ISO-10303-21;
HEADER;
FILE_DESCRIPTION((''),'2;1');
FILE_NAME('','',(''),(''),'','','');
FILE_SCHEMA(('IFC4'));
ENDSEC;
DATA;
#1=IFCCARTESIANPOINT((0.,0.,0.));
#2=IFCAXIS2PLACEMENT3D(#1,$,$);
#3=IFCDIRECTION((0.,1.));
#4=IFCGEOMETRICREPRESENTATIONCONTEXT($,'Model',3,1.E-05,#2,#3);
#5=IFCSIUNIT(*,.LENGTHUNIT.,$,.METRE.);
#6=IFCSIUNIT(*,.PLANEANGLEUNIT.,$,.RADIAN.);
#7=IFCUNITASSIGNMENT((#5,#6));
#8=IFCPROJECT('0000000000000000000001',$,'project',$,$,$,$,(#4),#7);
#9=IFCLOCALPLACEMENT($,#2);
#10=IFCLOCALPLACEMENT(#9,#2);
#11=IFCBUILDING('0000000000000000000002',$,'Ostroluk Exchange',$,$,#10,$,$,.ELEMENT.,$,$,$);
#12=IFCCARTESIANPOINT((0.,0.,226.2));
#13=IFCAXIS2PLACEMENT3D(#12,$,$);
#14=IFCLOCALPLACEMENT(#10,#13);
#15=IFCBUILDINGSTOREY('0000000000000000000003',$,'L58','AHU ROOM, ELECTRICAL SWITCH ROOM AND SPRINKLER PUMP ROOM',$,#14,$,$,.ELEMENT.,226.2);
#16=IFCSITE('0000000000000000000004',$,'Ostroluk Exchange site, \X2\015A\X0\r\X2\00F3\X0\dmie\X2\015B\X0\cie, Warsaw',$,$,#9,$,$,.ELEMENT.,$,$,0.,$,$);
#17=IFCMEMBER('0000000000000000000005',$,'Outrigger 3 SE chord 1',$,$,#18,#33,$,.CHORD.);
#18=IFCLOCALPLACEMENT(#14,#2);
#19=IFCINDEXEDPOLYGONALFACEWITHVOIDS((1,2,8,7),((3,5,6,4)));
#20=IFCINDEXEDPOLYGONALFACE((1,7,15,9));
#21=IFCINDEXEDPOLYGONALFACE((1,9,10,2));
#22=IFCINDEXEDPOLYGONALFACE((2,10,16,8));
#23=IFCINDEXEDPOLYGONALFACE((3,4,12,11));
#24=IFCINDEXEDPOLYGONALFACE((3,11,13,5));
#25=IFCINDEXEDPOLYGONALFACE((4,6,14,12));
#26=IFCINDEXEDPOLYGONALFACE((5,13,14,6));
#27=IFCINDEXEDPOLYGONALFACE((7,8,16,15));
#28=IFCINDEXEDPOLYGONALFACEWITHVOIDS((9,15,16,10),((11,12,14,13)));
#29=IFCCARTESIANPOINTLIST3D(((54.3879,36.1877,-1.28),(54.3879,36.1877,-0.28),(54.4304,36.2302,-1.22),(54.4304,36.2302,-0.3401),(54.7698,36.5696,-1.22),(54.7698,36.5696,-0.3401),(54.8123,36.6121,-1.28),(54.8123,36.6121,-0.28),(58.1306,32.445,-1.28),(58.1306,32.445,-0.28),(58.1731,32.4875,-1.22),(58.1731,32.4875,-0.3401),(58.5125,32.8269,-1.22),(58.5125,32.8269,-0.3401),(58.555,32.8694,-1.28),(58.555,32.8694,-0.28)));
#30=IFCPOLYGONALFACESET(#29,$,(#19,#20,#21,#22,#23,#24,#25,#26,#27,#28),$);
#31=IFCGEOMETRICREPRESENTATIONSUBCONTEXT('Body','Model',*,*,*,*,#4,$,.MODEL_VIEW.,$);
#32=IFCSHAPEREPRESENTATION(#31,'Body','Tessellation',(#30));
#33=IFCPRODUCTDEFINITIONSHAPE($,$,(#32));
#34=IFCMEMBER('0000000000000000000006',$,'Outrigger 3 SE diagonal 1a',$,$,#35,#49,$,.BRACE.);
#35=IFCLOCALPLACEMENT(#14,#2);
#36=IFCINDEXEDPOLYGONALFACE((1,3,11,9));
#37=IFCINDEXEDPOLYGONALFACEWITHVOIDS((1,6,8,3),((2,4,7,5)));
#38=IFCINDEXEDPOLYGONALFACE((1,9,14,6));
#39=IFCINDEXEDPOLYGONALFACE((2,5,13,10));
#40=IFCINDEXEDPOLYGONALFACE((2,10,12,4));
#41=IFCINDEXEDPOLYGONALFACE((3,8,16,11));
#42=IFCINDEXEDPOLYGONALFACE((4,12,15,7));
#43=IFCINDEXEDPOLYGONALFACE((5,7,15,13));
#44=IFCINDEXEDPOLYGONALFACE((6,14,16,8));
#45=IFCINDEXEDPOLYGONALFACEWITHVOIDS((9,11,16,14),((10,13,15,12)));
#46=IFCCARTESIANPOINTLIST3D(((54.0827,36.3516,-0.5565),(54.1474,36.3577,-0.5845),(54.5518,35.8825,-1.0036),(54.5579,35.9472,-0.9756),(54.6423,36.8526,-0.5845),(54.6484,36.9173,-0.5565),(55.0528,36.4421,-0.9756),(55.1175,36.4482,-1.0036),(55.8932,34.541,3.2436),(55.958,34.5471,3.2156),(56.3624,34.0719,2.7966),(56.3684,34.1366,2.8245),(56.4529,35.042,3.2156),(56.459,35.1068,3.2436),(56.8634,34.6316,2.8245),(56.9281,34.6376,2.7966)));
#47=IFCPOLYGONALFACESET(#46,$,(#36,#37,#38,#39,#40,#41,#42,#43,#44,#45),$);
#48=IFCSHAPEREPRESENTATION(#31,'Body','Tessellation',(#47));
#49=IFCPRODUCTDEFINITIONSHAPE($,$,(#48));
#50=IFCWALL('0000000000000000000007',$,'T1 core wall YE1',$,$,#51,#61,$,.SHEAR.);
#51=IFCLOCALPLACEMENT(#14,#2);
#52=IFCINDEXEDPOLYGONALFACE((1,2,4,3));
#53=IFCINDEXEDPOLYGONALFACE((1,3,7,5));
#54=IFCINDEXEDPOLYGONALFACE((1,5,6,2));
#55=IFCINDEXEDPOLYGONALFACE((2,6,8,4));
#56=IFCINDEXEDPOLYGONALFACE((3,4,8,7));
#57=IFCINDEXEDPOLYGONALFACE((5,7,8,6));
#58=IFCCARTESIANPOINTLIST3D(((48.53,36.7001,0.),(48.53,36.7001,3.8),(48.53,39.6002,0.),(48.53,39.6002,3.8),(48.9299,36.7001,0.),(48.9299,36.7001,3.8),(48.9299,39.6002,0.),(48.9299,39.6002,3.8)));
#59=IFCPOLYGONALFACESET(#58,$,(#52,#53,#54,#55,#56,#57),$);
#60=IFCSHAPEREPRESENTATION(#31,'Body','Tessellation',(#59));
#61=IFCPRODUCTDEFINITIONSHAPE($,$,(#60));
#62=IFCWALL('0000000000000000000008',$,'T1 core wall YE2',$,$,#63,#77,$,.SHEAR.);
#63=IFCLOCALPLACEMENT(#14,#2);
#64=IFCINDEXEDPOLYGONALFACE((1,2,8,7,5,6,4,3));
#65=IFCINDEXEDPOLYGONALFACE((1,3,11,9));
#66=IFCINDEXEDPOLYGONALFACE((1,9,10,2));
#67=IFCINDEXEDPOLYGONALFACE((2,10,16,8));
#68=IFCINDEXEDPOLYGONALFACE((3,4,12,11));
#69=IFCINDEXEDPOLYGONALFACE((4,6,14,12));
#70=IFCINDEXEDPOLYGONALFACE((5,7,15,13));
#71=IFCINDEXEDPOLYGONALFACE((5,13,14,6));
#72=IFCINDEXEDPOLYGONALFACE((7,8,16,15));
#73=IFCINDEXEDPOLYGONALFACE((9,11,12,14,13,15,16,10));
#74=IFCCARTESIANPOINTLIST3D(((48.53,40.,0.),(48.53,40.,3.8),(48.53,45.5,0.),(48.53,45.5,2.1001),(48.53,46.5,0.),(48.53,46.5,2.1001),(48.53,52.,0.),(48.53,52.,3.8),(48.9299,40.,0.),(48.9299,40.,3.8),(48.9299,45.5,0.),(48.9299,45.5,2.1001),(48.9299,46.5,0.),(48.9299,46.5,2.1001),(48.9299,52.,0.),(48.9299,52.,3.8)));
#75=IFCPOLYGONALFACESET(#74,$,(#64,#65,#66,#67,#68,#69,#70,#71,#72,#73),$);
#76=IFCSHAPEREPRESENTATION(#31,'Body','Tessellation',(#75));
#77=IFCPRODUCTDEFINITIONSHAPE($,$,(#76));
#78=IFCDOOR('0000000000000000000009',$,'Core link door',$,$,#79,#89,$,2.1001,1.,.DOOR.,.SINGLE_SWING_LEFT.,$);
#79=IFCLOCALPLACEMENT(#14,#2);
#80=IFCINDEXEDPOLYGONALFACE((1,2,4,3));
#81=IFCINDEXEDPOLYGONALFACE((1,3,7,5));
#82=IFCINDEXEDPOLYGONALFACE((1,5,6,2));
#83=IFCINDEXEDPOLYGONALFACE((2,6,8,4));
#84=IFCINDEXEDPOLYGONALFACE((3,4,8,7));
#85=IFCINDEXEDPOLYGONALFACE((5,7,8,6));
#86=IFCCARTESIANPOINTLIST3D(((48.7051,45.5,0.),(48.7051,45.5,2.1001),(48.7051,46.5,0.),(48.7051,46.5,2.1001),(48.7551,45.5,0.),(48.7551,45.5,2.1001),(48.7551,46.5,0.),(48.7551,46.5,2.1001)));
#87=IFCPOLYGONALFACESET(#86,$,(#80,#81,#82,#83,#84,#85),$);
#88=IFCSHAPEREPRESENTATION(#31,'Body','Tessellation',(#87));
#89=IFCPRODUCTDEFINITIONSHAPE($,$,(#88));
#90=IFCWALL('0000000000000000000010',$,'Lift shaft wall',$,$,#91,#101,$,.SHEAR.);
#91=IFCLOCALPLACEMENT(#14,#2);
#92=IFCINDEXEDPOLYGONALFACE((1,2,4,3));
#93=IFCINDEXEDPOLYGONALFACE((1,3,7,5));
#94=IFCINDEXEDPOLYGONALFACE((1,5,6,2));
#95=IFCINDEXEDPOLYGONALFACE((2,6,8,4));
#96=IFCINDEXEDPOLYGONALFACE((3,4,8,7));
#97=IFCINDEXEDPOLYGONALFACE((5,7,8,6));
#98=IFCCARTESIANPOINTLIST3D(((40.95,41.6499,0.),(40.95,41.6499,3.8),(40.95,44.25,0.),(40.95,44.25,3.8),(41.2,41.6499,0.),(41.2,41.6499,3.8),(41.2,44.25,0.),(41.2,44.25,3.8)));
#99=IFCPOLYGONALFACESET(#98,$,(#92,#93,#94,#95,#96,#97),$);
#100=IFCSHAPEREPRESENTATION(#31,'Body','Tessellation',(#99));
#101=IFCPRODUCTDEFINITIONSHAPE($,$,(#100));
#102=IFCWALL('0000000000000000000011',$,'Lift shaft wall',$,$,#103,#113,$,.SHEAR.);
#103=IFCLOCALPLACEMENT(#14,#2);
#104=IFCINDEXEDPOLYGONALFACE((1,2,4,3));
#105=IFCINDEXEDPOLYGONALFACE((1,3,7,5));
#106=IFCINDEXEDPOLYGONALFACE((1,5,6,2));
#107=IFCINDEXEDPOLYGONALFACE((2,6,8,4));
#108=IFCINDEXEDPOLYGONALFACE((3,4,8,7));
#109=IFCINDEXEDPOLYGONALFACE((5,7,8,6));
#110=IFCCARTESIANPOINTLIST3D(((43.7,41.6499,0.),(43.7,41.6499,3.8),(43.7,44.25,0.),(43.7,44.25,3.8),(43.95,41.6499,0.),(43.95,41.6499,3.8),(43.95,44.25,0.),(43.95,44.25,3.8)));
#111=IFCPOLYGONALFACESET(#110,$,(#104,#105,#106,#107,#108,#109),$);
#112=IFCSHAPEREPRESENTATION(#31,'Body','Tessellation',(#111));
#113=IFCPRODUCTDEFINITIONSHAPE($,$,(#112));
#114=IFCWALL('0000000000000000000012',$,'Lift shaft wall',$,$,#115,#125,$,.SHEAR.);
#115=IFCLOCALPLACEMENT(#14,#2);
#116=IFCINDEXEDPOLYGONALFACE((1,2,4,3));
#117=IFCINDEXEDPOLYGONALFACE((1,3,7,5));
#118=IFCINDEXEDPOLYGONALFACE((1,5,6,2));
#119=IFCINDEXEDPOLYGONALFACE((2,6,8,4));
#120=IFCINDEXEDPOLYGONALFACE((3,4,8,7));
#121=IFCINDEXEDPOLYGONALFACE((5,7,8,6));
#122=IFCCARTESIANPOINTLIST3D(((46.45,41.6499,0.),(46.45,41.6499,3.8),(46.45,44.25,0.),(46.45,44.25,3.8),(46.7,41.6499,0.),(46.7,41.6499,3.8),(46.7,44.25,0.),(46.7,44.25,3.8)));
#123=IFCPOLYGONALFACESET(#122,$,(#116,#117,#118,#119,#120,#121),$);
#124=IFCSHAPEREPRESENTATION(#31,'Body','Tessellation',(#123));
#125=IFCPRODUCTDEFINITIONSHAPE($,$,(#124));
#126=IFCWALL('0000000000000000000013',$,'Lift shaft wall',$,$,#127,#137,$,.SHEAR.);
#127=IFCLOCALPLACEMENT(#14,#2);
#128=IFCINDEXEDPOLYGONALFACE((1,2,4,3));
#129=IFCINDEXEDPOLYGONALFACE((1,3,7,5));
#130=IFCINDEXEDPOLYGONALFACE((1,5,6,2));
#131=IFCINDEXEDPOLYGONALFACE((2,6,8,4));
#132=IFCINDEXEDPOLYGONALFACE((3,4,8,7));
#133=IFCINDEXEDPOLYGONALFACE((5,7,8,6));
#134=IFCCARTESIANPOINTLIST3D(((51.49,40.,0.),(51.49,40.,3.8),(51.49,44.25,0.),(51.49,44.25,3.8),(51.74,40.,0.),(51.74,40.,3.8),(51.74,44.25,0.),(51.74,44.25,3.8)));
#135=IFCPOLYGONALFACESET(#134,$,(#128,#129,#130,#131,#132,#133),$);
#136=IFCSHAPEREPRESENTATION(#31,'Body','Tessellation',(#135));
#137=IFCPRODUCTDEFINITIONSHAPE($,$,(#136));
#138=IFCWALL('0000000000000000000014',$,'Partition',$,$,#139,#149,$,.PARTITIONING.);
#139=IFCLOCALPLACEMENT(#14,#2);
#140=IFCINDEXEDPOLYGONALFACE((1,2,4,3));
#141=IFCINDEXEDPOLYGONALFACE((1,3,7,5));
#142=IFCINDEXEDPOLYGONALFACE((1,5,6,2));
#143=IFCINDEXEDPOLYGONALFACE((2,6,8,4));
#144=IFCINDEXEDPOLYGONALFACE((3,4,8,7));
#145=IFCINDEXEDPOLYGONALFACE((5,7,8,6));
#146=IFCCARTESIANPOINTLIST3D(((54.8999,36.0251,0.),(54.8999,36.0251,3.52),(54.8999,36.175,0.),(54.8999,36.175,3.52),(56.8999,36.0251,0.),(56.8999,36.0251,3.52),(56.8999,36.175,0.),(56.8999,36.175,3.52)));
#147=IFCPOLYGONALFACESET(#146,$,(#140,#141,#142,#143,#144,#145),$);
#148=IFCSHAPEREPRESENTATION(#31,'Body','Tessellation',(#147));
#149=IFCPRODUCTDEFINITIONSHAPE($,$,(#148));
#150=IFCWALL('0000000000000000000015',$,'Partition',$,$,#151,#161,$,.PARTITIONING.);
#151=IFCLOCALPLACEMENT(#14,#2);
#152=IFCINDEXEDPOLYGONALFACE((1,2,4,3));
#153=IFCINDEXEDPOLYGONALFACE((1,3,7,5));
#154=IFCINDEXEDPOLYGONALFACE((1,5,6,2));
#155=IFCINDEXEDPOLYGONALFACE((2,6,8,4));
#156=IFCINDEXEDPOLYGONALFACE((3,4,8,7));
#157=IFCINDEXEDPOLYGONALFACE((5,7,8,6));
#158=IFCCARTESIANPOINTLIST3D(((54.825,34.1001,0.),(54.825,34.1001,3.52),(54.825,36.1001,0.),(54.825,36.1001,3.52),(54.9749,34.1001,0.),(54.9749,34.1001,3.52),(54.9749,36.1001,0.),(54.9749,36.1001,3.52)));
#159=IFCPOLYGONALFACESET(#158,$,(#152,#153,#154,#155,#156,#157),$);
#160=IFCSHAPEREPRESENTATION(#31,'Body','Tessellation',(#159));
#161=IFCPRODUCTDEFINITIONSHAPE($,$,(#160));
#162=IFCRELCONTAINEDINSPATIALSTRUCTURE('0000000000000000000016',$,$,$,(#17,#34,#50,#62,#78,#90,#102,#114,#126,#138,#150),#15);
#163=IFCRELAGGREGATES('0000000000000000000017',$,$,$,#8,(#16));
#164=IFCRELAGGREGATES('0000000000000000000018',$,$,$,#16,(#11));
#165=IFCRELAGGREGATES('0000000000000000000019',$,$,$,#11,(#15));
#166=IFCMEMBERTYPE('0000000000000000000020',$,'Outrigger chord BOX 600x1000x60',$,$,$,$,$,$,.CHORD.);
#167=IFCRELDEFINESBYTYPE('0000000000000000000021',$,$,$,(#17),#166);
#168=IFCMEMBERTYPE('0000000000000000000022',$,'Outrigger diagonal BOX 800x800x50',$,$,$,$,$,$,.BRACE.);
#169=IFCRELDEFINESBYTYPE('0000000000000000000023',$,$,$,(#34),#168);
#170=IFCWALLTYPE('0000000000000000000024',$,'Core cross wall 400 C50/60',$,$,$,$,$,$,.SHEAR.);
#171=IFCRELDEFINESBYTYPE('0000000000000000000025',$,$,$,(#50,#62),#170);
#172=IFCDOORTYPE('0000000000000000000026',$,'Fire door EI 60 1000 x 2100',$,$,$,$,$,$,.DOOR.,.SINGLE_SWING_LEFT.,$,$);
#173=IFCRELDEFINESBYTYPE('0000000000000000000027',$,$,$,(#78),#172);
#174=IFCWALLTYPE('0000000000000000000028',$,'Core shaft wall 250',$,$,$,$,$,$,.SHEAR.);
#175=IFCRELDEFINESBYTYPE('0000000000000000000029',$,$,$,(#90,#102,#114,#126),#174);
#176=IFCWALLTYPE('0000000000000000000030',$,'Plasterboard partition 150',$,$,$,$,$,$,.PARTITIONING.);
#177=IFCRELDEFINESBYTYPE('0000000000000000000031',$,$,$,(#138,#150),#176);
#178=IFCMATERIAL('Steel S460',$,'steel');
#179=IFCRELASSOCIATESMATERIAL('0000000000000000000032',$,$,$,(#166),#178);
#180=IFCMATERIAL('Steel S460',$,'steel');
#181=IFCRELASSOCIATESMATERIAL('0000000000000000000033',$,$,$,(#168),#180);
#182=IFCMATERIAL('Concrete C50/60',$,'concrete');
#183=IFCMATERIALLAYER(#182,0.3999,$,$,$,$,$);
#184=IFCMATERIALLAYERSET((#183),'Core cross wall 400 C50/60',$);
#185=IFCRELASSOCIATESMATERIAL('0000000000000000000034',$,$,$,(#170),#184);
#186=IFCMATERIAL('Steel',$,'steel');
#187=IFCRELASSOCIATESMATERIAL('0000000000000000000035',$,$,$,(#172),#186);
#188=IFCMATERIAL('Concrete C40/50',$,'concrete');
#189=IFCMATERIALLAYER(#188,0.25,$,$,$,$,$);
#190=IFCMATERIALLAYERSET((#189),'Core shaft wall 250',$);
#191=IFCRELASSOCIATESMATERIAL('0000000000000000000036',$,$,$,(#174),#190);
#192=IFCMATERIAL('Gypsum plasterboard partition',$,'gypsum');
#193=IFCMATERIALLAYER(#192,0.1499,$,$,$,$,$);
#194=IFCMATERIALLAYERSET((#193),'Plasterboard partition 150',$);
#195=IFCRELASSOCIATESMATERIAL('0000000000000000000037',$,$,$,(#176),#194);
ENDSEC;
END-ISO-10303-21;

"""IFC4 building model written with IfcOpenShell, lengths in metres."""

from ifc_helpers import new_model, si_unit, direction, frame, frame_2d, origin, origin_2d, place, context, subcontext, project, spatial, rectangle, hollow_rectangle, extrude, material, layer, layer_set, material_profile, profile_set, type_object, element, fill, save


model = new_model("IFC4")

# Units and contexts
model_context = context("Model", 3, precision=1e-05, world=origin(), true_north=direction((0.0, 1.0)))
body_context = subcontext(model_context, "Body", "Model", "MODEL_VIEW")
ifc_project = project(units=[si_unit("LENGTHUNIT", "METRE"), si_unit("PLANEANGLEUNIT", "RADIAN")], contexts=[model_context])

# Site, building, storey
site_placement = place(None, origin())
site = spatial("IfcSite", under=ifc_project, at=site_placement, Name="Ostroluk Exchange site, Śródmieście, Warsaw", CompositionType="ELEMENT", RefElevation=0.0)
building_placement = place(site_placement, origin())
building = spatial("IfcBuilding", under=site, at=building_placement, Name="Ostroluk Exchange", CompositionType="ELEMENT")
storey_placement = place(building_placement, frame((0.0, 0.0, 226.2)))
storey = spatial("IfcBuildingStorey", under=building, at=storey_placement, Name="L58", Description="AHU ROOM, ELECTRICAL SWITCH ROOM AND SPRINKLER PUMP ROOM", CompositionType="ELEMENT", Elevation=226.2)

# Members
ifc_material_1 = material(Name="Steel S460", Category="steel")
ifc_material_profile_1 = material_profile(ifc_material_1, hollow_rectangle(XDim=0.6001, YDim=1.0, WallThickness=0.0601, at=origin_2d()), Name="BOX 600x1000x60")
ifc_profile_set_1 = profile_set([ifc_material_profile_1], Name="Steel S460")
member_type_1 = type_object("IfcMemberType", Name="Outrigger chord BOX 600x1000x60", PredefinedType="CHORD", material=ifc_profile_set_1)
member_1_placement = place(storey_placement, frame((54.6001, 36.3999, -0.78), z_axis=(0.707107, -0.707107, 0.0), x_axis=(0.707107, 0.707107, 0.0)))
element("IfcMember", 1, at=member_1_placement, inside=storey, type_object=member_type_1, Name="Outrigger 3 SE chord 1", PredefinedType="CHORD", context=body_context, shape_type="SweptSolid", body=[
    extrude(hollow_rectangle(XDim=0.6001, YDim=1.0, WallThickness=0.0601, at=origin_2d()), origin(), (0.0, 0.0, 1.0), 5.293),
])
ifc_material_2 = material(Name="Steel S460", Category="steel")
ifc_material_profile_2 = material_profile(ifc_material_2, hollow_rectangle(XDim=0.8, YDim=0.8, WallThickness=0.05, at=origin_2d()), Name="BOX 800x800x50")
ifc_profile_set_2 = profile_set([ifc_material_profile_2], Name="Steel S460")
member_type_2 = type_object("IfcMemberType", Name="Outrigger diagonal BOX 800x800x50", PredefinedType="BRACE", material=ifc_profile_set_2)
member_2_placement = place(storey_placement, frame((54.6001, 36.3999, -0.78), z_axis=(0.395126, -0.395126, 0.829307), x_axis=(0.707107, 0.707107, 0.0)))
element("IfcMember", 2, at=member_2_placement, inside=storey, type_object=member_type_2, Name="Outrigger 3 SE diagonal 1a", PredefinedType="BRACE", context=body_context, shape_type="SweptSolid", body=[
    extrude(hollow_rectangle(XDim=0.8, YDim=0.8, WallThickness=0.05, at=origin_2d()), origin(), (0.0, 0.0, 1.0), 4.5823),
])

# Wall
ifc_material_3 = material(Name="Concrete C50/60", Category="concrete")
ifc_layer_1 = layer(ifc_material_3, 0.3999)
ifc_layer_set_1 = layer_set([ifc_layer_1], Name="Core cross wall 400 C50/60")
wall_type_1 = type_object("IfcWallType", Name="Core cross wall 400 C50/60", PredefinedType="SHEAR", material=ifc_layer_set_1)
wall_1_placement = place(storey_placement, frame((48.73, 36.7, 0.0), z_axis=(0.0, 0.0, 1.0), x_axis=(0.0, 1.0, 0.0)))
element("IfcWall", 3, at=wall_1_placement, inside=storey, type_object=wall_type_1, Name="T1 core wall YE1", PredefinedType="SHEAR", context=body_context, shape_type="SweptSolid", body=[
    extrude(rectangle(XDim=2.9001, YDim=0.3999, at=frame_2d((1.4502, 0.0))), origin(), (0.0, 0.0, 1.0), 3.8),
])

# Wall, opening, door
wall_2_placement = place(storey_placement, frame((48.73, 40.0, 0.0), z_axis=(0.0, 0.0, 1.0), x_axis=(0.0, 1.0, 0.0)))
wall_2 = element("IfcWall", 4, at=wall_2_placement, inside=storey, type_object=wall_type_1, Name="T1 core wall YE2", PredefinedType="SHEAR", context=body_context, shape_type="SweptSolid", body=[
    extrude(rectangle(XDim=12.0, YDim=0.3999, at=frame_2d((6.0, 0.0))), origin(), (0.0, 0.0, 1.0), 3.8),
])
opening_1_placement = place(wall_2_placement, frame((5.5, 0.0, 0.0)))
opening_1 = element("IfcOpeningElement", 5, at=opening_1_placement, cuts=wall_2, PredefinedType="OPENING", context=body_context, shape_type="SweptSolid", body=[
    extrude(rectangle(XDim=1.0, YDim=2.1001, at=frame_2d((0.5, 1.05))), frame((0.0, 0.21, 0.0), z_axis=(0.0, -1.0, 0.0), x_axis=(1.0, 0.0, 0.0)), (0.0, 0.0, 1.0), 0.4199),
])
ifc_material_4 = material(Name="Steel", Category="steel")
door_type_1 = type_object("IfcDoorType", Name="Fire door EI 60 1000 x 2100", OperationType="SINGLE_SWING_LEFT", PredefinedType="DOOR", material=ifc_material_4)
door_1_placement = place(opening_1_placement, origin())
door_1 = element("IfcDoor", 6, at=door_1_placement, inside=storey, type_object=door_type_1, Name="Core link door", OperationType="SINGLE_SWING_LEFT", OverallHeight=2.1001, OverallWidth=1.0, PredefinedType="DOOR", context=body_context, shape_type="SweptSolid", body=[
    extrude(rectangle(XDim=1.0, YDim=2.1001, at=frame_2d((0.5, 1.05))), frame((0.0, 0.0249, 0.0), z_axis=(0.0, -1.0, 0.0), x_axis=(1.0, 0.0, 0.0)), (0.0, 0.0, 1.0), 0.05),
])
fill(opening_1, door_1)
ifc_material_5 = material(Name="Concrete C40/50", Category="concrete")
ifc_layer_2 = layer(ifc_material_5, 0.25)
ifc_layer_set_2 = layer_set([ifc_layer_2], Name="Core shaft wall 250")
wall_type_2 = type_object("IfcWallType", Name="Core shaft wall 250", PredefinedType="SHEAR", material=ifc_layer_set_2)

# Walls
for number, where, z_axis, x_axis, name in (
    (7, (41.075, 44.25, 0.0), (0.0, 0.0, 1.0), (0.0, -1.0, 0.0), "Lift shaft wall"),
    (8, (43.825, 44.25, 0.0), (0.0, 0.0, 1.0), (0.0, -1.0, 0.0), "Lift shaft wall"),
    (9, (46.575, 44.25, 0.0), (0.0, 0.0, 1.0), (0.0, -1.0, 0.0), "Lift shaft wall"),
):
    element("IfcWall", number, at=place(storey_placement, frame(where, z_axis=z_axis, x_axis=x_axis)), inside=storey, type_object=wall_type_2, Name=name, PredefinedType="SHEAR", context=body_context, shape_type="SweptSolid", body=[
        extrude(rectangle(XDim=2.6001, YDim=0.25, at=frame_2d((1.3, 0.0))), origin(), (0.0, 0.0, 1.0), 3.8),
    ])
wall_3_placement = place(storey_placement, frame((51.615, 44.25, 0.0), z_axis=(0.0, 0.0, 1.0), x_axis=(0.0, -1.0, 0.0)))
element("IfcWall", 10, at=wall_3_placement, inside=storey, type_object=wall_type_2, Name="Lift shaft wall", PredefinedType="SHEAR", context=body_context, shape_type="SweptSolid", body=[
    extrude(rectangle(XDim=4.25, YDim=0.25, at=frame_2d((2.125, 0.0))), origin(), (0.0, 0.0, 1.0), 3.8),
])

# Walls
ifc_material_6 = material(Name="Gypsum plasterboard partition", Category="gypsum")
ifc_layer_3 = layer(ifc_material_6, 0.1499)
ifc_layer_set_3 = layer_set([ifc_layer_3], Name="Plasterboard partition 150")
wall_type_3 = type_object("IfcWallType", Name="Plasterboard partition 150", PredefinedType="PARTITIONING", material=ifc_layer_set_3)
for number, where, z_axis, x_axis, name in (
    (11, (54.8999, 36.1001, 0.0), (0.0, 0.0, 1.0), (1.0, 0.0, 0.0), "Partition"),
    (12, (54.8999, 36.1001, 0.0), (0.0, 0.0, 1.0), (0.0, -1.0, 0.0), "Partition"),
):
    element("IfcWall", number, at=place(storey_placement, frame(where, z_axis=z_axis, x_axis=x_axis)), inside=storey, type_object=wall_type_3, Name=name, PredefinedType="PARTITIONING", context=body_context, shape_type="SweptSolid", body=[
        extrude(rectangle(XDim=2.0, YDim=0.1499, at=frame_2d((1.0, 0.0))), origin(), (0.0, 0.0, 1.0), 3.52),
    ])

save(model, "model.ifc")
